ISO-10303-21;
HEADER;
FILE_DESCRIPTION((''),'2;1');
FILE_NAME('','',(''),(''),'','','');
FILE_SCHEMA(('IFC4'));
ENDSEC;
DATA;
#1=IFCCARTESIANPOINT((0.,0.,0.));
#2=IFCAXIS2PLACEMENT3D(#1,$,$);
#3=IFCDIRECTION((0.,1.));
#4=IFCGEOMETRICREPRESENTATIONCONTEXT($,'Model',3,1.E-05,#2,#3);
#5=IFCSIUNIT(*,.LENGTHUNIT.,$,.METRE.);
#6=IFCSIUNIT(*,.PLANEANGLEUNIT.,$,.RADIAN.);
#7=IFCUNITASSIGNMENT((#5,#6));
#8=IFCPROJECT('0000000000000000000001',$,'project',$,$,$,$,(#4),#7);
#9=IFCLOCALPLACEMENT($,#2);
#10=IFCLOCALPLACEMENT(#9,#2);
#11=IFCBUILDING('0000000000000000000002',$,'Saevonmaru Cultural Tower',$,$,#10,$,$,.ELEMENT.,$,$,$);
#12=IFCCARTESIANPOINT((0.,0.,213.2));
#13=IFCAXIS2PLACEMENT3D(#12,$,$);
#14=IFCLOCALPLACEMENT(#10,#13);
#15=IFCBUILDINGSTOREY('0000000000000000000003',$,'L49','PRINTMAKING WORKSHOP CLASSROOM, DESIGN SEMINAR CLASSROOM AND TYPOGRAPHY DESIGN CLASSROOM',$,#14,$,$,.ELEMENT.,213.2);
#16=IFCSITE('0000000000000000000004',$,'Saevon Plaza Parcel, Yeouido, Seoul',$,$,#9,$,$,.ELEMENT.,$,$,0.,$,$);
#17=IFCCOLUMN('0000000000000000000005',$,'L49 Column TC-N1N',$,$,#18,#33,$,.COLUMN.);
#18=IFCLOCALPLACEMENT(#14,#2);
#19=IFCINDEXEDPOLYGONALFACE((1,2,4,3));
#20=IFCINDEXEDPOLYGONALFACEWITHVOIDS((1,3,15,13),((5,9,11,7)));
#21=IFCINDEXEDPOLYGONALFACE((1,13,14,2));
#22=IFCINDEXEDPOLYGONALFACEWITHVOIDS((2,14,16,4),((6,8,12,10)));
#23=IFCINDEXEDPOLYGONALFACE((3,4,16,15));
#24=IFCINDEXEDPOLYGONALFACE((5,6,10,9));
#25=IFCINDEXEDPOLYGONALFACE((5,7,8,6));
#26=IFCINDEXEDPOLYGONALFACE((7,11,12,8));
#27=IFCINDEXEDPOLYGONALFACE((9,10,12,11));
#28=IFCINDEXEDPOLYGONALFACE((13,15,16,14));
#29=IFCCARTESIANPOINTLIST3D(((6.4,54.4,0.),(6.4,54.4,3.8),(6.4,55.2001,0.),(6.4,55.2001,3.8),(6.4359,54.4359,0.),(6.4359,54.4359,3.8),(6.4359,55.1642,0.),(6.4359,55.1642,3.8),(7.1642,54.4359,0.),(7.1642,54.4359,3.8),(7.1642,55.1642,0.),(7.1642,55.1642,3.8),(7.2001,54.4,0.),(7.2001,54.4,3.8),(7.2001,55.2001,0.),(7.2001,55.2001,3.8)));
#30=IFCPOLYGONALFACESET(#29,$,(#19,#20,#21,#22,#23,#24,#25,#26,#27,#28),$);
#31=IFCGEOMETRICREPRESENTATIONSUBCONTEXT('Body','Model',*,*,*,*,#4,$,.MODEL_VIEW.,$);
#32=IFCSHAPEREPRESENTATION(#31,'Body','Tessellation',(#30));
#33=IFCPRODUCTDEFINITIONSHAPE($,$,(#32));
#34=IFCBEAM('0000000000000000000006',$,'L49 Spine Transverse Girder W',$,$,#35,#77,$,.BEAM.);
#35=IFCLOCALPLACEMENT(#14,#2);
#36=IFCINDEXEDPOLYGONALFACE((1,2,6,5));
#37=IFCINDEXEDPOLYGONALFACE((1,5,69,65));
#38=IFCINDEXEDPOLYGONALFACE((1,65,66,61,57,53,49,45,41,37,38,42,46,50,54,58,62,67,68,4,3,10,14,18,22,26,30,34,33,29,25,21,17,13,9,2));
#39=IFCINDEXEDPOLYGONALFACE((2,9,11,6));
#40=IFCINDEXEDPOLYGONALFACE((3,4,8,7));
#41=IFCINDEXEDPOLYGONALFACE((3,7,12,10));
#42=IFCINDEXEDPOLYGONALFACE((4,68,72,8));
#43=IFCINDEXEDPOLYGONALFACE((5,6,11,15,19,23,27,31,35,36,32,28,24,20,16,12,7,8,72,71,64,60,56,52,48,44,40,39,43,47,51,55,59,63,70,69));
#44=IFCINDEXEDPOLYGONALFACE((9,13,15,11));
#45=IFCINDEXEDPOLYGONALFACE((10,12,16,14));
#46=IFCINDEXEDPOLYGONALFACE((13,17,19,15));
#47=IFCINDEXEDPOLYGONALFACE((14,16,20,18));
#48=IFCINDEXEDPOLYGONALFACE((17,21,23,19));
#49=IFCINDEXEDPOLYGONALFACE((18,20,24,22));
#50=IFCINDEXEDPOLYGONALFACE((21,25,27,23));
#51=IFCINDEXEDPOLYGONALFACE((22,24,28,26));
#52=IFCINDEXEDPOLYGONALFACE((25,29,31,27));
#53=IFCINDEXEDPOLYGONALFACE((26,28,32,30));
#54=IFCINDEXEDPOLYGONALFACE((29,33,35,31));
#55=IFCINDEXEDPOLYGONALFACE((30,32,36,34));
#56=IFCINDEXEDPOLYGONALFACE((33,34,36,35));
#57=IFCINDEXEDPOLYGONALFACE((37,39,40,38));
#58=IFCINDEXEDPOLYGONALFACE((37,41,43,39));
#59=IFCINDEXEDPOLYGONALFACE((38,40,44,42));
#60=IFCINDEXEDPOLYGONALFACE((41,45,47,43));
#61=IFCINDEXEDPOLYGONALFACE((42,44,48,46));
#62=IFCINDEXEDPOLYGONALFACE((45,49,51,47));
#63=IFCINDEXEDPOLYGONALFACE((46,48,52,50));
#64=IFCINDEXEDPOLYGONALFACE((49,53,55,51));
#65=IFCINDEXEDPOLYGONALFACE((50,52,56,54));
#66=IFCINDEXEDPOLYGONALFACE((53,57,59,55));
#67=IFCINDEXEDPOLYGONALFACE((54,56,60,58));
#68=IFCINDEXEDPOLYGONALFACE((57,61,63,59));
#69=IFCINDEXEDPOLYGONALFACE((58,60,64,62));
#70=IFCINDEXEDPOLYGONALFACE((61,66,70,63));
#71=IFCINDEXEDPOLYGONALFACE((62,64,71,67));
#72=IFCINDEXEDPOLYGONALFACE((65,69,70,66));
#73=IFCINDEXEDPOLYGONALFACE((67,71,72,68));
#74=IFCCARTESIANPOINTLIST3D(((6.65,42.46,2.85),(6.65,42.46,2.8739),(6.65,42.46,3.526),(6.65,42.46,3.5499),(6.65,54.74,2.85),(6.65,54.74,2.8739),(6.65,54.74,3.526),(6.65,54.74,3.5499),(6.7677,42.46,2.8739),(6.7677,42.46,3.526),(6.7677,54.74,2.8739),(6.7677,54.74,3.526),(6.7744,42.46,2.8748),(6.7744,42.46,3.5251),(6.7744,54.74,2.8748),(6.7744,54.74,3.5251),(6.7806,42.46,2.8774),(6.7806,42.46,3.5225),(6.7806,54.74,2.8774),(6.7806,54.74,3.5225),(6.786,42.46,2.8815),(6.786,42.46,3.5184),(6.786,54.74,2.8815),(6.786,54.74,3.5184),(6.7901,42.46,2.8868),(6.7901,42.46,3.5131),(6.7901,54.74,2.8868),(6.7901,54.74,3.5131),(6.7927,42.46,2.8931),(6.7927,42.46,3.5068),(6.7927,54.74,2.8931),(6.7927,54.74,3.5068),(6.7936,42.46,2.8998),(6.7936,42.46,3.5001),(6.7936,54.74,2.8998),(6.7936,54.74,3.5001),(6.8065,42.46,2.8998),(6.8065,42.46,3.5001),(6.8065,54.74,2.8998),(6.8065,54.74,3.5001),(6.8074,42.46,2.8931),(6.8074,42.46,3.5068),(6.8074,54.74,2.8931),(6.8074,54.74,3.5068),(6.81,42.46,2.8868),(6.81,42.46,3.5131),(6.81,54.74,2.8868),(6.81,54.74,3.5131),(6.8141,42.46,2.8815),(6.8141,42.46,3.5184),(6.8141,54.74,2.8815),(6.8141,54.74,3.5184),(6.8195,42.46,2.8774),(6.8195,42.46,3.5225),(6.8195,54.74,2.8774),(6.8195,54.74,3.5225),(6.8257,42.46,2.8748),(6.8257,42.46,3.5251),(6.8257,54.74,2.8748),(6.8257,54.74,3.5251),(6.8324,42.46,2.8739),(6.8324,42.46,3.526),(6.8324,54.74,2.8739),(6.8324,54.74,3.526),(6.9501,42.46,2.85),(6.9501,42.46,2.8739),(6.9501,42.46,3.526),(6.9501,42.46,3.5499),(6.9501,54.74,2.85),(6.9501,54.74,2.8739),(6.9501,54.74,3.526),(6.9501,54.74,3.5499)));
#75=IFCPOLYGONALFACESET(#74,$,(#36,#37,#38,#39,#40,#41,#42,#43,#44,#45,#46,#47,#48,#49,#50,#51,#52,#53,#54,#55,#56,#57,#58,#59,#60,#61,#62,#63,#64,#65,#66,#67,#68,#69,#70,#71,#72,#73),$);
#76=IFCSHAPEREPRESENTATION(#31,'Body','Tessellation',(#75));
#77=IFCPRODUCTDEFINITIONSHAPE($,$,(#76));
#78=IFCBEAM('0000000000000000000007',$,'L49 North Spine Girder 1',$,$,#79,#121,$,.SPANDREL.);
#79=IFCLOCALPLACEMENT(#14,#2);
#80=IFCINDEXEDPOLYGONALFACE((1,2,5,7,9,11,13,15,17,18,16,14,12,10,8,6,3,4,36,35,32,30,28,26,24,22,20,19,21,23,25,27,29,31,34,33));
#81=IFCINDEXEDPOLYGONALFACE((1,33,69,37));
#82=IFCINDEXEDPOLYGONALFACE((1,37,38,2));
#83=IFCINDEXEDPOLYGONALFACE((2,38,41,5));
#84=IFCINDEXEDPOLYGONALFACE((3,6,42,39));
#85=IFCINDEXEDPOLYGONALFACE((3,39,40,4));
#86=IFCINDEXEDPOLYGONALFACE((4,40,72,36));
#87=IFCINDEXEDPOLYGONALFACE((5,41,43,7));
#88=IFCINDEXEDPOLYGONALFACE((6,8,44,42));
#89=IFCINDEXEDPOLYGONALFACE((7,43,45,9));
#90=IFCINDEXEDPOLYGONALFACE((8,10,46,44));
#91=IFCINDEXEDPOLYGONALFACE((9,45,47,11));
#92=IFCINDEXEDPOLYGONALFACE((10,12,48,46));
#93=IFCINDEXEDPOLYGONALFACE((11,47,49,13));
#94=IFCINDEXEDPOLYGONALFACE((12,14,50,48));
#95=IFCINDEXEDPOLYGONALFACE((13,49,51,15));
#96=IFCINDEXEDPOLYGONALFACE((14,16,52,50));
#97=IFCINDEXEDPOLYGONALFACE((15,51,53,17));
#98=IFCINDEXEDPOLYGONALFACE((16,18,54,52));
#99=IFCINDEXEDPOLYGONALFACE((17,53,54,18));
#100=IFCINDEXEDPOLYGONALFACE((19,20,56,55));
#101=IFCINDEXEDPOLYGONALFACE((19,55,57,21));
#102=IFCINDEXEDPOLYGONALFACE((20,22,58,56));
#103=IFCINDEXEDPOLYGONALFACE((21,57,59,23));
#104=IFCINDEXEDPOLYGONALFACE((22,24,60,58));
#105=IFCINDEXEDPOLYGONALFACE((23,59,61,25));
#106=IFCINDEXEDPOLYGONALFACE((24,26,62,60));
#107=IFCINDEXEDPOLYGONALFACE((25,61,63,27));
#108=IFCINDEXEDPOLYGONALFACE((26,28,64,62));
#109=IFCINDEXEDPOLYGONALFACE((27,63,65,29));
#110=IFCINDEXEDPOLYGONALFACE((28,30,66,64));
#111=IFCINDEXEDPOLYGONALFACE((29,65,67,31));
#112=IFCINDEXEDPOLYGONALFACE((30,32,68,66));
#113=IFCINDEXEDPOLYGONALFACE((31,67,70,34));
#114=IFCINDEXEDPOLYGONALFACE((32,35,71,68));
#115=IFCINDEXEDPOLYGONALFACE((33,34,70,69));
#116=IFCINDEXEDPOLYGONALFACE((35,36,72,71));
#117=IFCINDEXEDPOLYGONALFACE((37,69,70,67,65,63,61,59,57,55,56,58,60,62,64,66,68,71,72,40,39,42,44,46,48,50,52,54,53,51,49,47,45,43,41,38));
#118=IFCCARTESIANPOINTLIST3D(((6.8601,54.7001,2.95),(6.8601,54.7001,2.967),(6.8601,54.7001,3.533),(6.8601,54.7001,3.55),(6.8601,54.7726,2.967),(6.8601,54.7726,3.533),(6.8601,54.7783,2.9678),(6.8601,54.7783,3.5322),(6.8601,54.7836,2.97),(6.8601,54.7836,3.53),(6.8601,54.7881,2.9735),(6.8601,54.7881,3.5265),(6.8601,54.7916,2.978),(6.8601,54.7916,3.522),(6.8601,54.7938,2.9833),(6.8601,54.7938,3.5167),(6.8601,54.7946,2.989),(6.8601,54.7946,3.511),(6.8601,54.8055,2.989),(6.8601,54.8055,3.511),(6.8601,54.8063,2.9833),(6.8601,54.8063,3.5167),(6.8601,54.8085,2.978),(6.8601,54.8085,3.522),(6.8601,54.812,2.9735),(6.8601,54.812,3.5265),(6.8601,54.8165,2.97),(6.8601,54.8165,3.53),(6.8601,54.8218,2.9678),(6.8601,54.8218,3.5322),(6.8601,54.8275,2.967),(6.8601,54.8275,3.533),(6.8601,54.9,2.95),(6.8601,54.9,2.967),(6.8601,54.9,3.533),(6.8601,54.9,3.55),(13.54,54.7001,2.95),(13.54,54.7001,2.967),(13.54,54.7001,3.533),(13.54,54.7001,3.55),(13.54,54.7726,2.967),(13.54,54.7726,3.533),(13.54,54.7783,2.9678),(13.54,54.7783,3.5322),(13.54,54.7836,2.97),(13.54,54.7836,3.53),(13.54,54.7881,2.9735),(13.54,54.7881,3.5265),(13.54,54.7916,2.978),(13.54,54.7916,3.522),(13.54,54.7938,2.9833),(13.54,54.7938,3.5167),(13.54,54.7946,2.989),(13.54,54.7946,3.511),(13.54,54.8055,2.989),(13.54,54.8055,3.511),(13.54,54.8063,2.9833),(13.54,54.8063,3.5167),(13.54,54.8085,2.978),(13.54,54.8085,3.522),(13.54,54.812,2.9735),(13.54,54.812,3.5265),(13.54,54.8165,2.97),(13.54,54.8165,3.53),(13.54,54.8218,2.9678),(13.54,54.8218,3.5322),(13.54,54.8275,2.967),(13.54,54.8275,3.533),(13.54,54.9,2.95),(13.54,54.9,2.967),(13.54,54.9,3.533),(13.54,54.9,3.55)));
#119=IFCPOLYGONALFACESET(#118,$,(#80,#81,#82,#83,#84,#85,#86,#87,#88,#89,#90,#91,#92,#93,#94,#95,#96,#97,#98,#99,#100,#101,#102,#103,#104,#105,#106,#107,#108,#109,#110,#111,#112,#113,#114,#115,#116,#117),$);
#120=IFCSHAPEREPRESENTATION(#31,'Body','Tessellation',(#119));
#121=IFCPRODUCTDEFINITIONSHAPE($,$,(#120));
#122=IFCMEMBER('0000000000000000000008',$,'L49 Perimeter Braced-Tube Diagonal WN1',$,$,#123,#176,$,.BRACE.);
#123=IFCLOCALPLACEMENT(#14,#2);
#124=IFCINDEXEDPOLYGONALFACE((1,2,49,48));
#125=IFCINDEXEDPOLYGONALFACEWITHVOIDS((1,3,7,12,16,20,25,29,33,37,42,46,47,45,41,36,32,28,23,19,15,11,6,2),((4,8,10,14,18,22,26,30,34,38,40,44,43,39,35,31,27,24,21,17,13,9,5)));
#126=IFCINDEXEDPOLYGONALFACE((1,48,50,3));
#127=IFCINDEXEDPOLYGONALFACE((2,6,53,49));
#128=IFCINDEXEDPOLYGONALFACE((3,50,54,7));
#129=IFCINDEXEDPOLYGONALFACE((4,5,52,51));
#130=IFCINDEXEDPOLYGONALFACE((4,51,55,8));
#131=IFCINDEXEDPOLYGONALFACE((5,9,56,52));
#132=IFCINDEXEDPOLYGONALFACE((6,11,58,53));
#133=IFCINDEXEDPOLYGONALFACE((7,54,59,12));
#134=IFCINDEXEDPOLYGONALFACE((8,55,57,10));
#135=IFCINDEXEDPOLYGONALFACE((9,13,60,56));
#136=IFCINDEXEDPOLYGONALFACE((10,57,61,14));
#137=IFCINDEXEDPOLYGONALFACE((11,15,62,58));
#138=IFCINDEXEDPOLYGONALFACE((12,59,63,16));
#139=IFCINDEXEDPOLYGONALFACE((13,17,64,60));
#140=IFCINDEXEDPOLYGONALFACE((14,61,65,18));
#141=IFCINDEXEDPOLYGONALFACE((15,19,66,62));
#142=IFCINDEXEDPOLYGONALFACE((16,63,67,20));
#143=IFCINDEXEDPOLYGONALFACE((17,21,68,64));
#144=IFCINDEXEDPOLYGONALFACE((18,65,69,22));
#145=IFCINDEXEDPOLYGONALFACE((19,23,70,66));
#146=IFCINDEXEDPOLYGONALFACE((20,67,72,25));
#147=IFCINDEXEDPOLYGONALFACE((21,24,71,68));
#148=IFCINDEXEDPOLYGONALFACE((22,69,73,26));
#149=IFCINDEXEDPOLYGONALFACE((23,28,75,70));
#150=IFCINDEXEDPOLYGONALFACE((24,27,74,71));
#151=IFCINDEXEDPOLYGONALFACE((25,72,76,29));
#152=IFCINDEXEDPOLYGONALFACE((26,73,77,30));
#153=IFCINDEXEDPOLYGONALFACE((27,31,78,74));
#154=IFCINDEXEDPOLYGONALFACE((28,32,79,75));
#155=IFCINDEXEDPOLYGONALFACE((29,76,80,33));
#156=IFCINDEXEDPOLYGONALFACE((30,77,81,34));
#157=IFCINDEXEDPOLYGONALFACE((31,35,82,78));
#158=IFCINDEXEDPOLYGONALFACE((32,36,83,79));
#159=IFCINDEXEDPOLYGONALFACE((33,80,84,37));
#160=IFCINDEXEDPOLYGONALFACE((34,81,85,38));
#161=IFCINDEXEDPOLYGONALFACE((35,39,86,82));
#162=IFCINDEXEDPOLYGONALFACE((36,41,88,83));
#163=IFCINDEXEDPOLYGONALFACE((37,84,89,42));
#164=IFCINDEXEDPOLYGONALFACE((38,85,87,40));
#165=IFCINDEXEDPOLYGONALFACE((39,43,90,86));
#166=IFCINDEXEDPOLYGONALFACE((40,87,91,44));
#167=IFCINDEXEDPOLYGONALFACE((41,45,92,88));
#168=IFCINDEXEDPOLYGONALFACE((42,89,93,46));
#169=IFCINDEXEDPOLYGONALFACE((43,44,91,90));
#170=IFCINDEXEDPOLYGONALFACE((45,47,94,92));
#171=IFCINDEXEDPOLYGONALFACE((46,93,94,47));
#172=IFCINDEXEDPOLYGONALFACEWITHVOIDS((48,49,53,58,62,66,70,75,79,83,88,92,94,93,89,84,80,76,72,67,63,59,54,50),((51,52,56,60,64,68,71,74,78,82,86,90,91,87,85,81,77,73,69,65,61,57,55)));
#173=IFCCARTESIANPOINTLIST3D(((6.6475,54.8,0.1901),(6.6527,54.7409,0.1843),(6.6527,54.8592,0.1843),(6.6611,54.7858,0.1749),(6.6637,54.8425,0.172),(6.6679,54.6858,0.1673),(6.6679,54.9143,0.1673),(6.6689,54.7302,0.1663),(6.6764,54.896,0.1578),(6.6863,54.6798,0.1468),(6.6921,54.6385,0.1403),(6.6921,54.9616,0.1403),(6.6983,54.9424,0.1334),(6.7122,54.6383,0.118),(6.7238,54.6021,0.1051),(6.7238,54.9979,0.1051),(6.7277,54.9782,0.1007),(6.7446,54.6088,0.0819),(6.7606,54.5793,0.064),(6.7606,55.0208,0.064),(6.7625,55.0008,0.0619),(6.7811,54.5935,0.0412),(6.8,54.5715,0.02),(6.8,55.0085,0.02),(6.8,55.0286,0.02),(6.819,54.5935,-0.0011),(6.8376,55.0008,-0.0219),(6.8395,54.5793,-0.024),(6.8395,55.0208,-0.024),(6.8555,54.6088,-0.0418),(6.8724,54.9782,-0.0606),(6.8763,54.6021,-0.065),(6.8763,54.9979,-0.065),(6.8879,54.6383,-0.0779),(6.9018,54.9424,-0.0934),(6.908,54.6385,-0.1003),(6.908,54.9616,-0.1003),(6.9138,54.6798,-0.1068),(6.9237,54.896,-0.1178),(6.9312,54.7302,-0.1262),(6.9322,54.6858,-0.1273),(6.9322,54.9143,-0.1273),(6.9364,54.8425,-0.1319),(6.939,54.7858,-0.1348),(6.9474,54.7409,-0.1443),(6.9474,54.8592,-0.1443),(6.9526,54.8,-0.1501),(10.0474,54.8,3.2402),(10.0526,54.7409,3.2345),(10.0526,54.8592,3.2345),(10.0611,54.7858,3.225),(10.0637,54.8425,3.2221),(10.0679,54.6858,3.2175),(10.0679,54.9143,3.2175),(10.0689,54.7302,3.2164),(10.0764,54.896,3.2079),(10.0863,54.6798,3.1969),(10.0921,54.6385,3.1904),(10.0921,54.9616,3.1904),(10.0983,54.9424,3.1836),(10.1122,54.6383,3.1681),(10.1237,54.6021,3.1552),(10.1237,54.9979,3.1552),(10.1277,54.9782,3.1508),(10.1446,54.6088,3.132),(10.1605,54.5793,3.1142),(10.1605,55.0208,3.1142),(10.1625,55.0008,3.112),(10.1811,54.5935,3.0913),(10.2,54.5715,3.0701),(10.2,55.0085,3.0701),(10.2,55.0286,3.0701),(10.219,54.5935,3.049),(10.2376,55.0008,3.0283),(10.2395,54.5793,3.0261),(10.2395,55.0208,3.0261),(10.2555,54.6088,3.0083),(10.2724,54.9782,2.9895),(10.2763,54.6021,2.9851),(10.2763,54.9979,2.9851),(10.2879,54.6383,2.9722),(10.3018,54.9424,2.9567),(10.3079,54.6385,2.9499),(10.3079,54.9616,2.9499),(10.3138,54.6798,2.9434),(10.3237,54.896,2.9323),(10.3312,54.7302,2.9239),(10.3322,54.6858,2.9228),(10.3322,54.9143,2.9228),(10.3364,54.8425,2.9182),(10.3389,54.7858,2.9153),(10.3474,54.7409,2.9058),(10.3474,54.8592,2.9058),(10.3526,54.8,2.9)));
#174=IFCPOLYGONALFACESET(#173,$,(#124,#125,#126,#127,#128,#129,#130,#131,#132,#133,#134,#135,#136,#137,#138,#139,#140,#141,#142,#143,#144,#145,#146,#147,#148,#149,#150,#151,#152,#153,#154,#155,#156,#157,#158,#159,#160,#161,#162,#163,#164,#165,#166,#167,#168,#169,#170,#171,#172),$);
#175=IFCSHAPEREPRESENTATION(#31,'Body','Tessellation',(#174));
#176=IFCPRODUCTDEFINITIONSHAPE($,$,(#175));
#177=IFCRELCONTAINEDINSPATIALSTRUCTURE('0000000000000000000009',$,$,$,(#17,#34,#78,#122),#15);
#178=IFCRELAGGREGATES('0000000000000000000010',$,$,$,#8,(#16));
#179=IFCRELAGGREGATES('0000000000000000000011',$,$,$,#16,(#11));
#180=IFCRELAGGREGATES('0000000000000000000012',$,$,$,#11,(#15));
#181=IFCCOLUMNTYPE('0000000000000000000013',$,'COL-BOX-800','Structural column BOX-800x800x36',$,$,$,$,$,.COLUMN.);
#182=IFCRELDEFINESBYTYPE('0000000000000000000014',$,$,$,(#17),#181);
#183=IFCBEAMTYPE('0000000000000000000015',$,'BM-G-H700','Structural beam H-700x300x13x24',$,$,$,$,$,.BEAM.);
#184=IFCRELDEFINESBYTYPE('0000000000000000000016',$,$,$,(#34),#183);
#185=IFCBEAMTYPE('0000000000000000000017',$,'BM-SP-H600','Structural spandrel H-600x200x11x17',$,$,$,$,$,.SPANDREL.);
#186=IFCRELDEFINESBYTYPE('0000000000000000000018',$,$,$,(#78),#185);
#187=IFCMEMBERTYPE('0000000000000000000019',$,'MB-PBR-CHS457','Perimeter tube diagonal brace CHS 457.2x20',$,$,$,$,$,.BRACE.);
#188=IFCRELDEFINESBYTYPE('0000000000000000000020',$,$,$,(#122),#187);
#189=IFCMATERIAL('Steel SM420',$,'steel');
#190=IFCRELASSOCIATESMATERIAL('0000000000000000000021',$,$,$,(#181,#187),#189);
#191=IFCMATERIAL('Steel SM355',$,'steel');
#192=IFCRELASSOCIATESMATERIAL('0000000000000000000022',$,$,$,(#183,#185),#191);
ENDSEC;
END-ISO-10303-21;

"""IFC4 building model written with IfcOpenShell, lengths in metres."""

from ifc_helpers import new_model, si_unit, direction, frame, origin, origin_2d, place, context, subcontext, project, spatial, hollow_rectangle, hollow_circle, i_section, extrude, material, material_profile, profile_set, type_object, element, save


model = new_model("IFC4")

# Units and contexts
model_context = context("Model", 3, precision=1e-05, world=origin(), true_north=direction((0.0, 1.0)))
body_context = subcontext(model_context, "Body", "Model", "MODEL_VIEW")
ifc_project = project(units=[si_unit("LENGTHUNIT", "METRE"), si_unit("PLANEANGLEUNIT", "RADIAN")], contexts=[model_context])

# Site, building, storey
site_placement = place(None, origin())
site = spatial("IfcSite", under=ifc_project, at=site_placement, Name="Saevon Plaza Parcel, Yeouido, Seoul", CompositionType="ELEMENT", RefElevation=0.0)
building_placement = place(site_placement, origin())
building = spatial("IfcBuilding", under=site, at=building_placement, Name="Saevonmaru Cultural Tower", CompositionType="ELEMENT")
storey_placement = place(building_placement, frame((0.0, 0.0, 213.2)))
storey = spatial("IfcBuildingStorey", under=building, at=storey_placement, Name="L49", Description="PRINTMAKING WORKSHOP CLASSROOM, DESIGN SEMINAR CLASSROOM AND TYPOGRAPHY DESIGN CLASSROOM", CompositionType="ELEMENT", Elevation=213.2)

# Column
ifc_material_1 = material(Name="Steel SM420", Category="steel")
ifc_material_profile_1 = material_profile(ifc_material_1, hollow_rectangle(XDim=0.8, YDim=0.8, WallThickness=0.0359, at=origin_2d()), Name="BOX-800x800x36")
ifc_profile_set_1 = profile_set([ifc_material_profile_1], Name="Steel SM420")
column_type = type_object("IfcColumnType", Name="COL-BOX-800", Description="Structural column BOX-800x800x36", PredefinedType="COLUMN", material=ifc_profile_set_1)
column_placement = place(storey_placement, frame((6.8, 54.8, 0.0), z_axis=(0.0, 0.0, 1.0), x_axis=(1.0, 0.0, 0.0)))
element("IfcColumn", 1, at=column_placement, inside=storey, type_object=column_type, Name="L49 Column TC-N1N", PredefinedType="COLUMN", context=body_context, shape_type="SweptSolid", body=[
    extrude(hollow_rectangle(XDim=0.8, YDim=0.8, WallThickness=0.0359, at=origin_2d()), origin(), (0.0, 0.0, 1.0), 3.8),
])

# Beams
ifc_material_2 = material(Name="Steel SM355", Category="steel")
ifc_material_profile_2 = material_profile(ifc_material_2, i_section(OverallWidth=0.3, OverallDepth=0.7, WebThickness=0.0129, FlangeThickness=0.0239, FilletRadius=0.0259, at=origin_2d()), Name="H-700x300x13x24")
ifc_profile_set_2 = profile_set([ifc_material_profile_2], Name="Steel SM355")
beam_type_1 = type_object("IfcBeamType", Name="BM-G-H700", Description="Structural beam H-700x300x13x24", PredefinedType="BEAM", material=ifc_profile_set_2)
beam_1_placement = place(storey_placement, frame((6.8, 54.74, 3.2), z_axis=(0.0, -1.0, 0.0), x_axis=(1.0, 0.0, 0.0)))
element("IfcBeam", 2, at=beam_1_placement, inside=storey, type_object=beam_type_1, Name="L49 Spine Transverse Girder W", PredefinedType="BEAM", context=body_context, shape_type="SweptSolid", body=[
    extrude(i_section(OverallWidth=0.3, OverallDepth=0.7, WebThickness=0.0129, FlangeThickness=0.0239, FilletRadius=0.0259, at=origin_2d()), origin(), (0.0, 0.0, 1.0), 12.28),
])
ifc_material_profile_3 = material_profile(ifc_material_2, i_section(OverallWidth=0.2, OverallDepth=0.6001, WebThickness=0.011, FlangeThickness=0.0171, FilletRadius=0.022, at=origin_2d()), Name="H-600x200x11x17")
ifc_profile_set_3 = profile_set([ifc_material_profile_3], Name="Steel SM355")
beam_type_2 = type_object("IfcBeamType", Name="BM-SP-H600", Description="Structural spandrel H-600x200x11x17", PredefinedType="SPANDREL", material=ifc_profile_set_3)
beam_2_placement = place(storey_placement, frame((6.8601, 54.8, 3.25), z_axis=(1.0, 0.0, 0.0), x_axis=(0.0, 1.0, 0.0)))
element("IfcBeam", 3, at=beam_2_placement, inside=storey, type_object=beam_type_2, Name="L49 North Spine Girder 1", PredefinedType="SPANDREL", context=body_context, shape_type="SweptSolid", body=[
    extrude(i_section(OverallWidth=0.2, OverallDepth=0.6001, WebThickness=0.011, FlangeThickness=0.0171, FilletRadius=0.022, at=origin_2d()), origin(), (0.0, 0.0, 1.0), 6.6799),
])

# Member
ifc_material_profile_4 = material_profile(ifc_material_1, hollow_circle(Radius=0.2285, WallThickness=0.02, at=origin_2d()), Name="CHS-457.2x20")
ifc_profile_set_4 = profile_set([ifc_material_profile_4], Name="Steel SM420")
member_type_1 = type_object("IfcMemberType", Name="MB-PBR-CHS457", Description="Perimeter tube diagonal brace CHS 457.2x20", PredefinedType="BRACE", material=ifc_profile_set_4)
member_1_placement = place(storey_placement, frame((6.8, 54.8, 0.02), z_axis=(0.744367, 0.0, 0.667771), x_axis=(0.0, 1.0, 0.0)))
element("IfcMember", 4, at=member_1_placement, inside=storey, type_object=member_type_1, Name="L49 Perimeter Braced-Tube Diagonal WN1", PredefinedType="BRACE", context=body_context, shape_type="SweptSolid", body=[
    extrude(hollow_circle(Radius=0.2285, WallThickness=0.02, at=origin_2d()), origin(), (0.0, 0.0, 1.0), 4.5676),
])

save(model, "model.ifc")
